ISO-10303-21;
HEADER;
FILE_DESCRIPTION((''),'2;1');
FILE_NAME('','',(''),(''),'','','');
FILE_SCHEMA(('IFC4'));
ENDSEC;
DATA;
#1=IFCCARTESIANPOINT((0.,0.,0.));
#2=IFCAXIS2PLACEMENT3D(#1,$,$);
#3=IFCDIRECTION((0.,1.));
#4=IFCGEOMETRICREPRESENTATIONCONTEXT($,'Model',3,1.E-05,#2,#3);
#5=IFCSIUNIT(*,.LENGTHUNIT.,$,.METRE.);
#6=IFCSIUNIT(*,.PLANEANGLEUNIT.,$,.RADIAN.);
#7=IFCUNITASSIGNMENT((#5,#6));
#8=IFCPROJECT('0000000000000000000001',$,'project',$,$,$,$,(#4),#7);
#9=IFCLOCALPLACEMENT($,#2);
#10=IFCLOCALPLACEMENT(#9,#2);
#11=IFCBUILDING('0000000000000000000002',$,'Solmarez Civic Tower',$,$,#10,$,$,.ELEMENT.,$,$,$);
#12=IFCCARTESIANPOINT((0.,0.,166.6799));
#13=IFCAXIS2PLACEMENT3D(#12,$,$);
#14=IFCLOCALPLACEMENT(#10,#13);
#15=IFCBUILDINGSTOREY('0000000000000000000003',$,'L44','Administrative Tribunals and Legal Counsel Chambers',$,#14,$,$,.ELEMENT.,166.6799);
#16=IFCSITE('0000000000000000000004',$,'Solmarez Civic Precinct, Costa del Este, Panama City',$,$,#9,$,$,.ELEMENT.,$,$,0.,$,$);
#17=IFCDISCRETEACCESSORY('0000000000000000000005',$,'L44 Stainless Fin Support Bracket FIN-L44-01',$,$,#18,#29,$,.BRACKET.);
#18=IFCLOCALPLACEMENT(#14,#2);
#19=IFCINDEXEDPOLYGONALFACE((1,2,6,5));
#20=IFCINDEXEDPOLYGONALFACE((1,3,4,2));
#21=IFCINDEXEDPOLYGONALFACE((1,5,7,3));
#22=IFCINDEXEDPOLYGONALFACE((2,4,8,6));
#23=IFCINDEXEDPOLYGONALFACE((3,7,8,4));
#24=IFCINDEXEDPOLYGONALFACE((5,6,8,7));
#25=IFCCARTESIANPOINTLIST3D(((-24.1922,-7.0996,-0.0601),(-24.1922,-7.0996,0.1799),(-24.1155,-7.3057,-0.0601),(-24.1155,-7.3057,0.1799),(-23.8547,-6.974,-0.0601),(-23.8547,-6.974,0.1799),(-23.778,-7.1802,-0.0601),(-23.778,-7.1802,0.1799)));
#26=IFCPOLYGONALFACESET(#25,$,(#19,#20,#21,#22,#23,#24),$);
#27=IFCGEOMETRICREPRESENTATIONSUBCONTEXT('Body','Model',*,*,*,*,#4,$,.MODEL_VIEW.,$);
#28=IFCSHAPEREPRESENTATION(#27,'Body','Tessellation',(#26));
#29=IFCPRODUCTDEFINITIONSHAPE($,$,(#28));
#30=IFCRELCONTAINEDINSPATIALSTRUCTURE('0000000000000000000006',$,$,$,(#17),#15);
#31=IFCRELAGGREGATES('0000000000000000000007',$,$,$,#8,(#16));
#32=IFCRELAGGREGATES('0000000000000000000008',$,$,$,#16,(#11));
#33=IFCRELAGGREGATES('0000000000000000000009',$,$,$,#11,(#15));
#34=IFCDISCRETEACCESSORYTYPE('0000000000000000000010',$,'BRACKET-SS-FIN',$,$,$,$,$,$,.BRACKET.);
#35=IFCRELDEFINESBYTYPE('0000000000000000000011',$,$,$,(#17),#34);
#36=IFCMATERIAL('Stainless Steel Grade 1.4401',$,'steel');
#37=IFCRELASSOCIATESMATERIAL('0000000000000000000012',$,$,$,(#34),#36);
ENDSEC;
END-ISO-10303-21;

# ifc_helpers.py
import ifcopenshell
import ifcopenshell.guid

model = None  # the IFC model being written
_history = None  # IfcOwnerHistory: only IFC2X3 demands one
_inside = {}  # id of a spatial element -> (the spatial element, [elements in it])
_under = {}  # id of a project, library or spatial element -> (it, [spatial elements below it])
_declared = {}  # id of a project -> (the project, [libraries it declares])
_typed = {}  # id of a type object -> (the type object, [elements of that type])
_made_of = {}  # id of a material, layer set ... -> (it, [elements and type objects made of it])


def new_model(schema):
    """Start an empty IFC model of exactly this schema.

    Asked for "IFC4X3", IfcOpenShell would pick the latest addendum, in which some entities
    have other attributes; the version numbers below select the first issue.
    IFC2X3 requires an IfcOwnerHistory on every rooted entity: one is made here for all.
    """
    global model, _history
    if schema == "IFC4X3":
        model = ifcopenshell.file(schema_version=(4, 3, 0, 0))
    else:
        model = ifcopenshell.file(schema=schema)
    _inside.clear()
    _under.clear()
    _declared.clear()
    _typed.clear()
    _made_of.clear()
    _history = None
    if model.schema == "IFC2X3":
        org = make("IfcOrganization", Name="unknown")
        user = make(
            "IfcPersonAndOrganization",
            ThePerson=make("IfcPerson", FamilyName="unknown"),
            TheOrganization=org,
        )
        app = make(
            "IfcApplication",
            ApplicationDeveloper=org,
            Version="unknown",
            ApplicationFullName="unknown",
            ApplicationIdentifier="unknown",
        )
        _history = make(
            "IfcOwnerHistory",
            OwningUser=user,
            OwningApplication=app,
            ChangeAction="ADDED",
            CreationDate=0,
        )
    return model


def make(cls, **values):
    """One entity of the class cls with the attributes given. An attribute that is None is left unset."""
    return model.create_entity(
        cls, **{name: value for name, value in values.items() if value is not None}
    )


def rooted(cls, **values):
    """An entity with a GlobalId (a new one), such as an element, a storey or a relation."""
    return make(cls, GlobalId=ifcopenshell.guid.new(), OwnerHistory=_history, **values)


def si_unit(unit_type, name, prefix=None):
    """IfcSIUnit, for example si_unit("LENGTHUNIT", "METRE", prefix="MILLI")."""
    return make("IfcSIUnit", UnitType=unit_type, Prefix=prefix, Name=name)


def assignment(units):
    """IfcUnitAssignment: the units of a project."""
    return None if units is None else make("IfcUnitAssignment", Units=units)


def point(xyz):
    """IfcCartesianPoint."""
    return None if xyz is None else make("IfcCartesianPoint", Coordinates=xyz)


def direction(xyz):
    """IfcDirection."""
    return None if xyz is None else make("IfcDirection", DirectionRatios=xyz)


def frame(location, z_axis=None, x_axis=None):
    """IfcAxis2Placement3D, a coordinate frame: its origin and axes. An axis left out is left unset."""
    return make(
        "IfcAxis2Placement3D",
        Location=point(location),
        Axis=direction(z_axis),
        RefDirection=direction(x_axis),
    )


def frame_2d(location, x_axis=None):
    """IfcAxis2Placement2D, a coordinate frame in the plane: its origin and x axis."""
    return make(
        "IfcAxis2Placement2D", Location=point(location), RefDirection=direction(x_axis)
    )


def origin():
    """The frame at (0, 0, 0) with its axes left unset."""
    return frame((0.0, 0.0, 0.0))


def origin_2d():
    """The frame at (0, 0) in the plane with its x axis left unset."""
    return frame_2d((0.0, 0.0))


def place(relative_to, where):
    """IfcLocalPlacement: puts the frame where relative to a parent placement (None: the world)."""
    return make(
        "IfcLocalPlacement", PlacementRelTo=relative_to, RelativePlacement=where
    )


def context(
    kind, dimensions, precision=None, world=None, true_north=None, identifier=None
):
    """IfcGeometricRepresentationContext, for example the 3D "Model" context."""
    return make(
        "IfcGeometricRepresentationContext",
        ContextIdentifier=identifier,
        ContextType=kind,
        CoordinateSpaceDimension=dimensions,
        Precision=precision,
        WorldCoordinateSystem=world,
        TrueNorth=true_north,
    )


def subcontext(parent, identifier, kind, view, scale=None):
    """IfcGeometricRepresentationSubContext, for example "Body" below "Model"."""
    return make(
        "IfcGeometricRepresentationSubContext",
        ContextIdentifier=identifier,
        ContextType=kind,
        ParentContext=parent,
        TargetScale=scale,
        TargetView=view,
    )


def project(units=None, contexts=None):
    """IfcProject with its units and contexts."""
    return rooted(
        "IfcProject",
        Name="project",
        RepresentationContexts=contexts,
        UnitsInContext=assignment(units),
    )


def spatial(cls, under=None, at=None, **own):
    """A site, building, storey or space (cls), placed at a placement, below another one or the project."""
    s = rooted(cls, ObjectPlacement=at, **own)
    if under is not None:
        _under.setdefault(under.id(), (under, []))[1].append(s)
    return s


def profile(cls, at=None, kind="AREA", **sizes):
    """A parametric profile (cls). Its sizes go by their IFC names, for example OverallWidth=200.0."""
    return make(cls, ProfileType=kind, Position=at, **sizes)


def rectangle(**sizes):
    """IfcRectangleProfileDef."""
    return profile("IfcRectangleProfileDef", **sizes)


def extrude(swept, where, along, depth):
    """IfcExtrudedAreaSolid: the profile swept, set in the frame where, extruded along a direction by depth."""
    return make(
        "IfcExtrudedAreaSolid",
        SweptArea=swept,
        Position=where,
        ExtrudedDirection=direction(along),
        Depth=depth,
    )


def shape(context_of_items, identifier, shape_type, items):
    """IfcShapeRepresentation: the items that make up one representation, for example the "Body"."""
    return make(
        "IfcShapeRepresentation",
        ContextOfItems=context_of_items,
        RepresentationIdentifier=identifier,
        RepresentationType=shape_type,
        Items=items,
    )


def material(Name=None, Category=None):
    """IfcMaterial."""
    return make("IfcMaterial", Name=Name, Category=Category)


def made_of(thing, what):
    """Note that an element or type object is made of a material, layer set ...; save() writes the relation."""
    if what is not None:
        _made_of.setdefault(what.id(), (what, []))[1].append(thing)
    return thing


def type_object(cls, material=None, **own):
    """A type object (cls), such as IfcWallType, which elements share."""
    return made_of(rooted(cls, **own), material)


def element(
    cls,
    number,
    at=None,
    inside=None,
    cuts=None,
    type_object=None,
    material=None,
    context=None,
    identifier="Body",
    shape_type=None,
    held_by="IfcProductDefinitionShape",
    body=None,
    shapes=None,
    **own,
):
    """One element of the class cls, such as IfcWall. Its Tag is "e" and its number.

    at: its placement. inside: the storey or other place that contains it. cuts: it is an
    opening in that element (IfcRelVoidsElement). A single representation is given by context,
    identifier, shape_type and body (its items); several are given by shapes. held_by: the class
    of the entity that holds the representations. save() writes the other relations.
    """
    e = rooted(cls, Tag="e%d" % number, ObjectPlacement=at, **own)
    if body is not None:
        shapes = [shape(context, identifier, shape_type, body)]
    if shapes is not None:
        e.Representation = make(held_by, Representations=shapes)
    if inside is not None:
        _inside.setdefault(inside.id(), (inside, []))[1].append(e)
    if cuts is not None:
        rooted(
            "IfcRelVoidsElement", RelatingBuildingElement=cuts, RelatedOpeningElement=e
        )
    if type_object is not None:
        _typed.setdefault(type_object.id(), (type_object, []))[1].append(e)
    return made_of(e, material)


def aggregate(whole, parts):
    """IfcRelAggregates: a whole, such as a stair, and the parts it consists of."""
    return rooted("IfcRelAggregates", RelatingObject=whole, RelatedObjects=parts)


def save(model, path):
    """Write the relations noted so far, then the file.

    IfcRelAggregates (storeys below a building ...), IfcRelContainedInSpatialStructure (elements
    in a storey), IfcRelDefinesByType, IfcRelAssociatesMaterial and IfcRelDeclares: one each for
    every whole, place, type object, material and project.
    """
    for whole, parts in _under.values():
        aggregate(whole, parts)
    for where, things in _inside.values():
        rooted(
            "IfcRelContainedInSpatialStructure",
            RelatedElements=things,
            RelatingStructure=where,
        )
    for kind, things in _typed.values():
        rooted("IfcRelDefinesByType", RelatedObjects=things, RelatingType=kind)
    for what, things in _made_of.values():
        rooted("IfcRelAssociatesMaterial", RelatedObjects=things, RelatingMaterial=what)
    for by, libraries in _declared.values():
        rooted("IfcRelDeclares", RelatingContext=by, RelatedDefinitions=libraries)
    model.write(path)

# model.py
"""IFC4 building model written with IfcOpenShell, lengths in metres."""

from ifc_helpers import new_model, si_unit, direction, frame, origin, origin_2d, place, context, subcontext, project, spatial, rectangle, extrude, material, type_object, element, save


model = new_model("IFC4")

# Units and contexts
model_context = context("Model", 3, precision=1e-05, world=origin(), true_north=direction((0.0, 1.0)))
body_context = subcontext(model_context, "Body", "Model", "MODEL_VIEW")
ifc_project = project(units=[si_unit("LENGTHUNIT", "METRE"), si_unit("PLANEANGLEUNIT", "RADIAN")], contexts=[model_context])

# Site, building, storey
site_placement = place(None, origin())
site = spatial("IfcSite", under=ifc_project, at=site_placement, Name="Solmarez Civic Precinct, Costa del Este, Panama City", CompositionType="ELEMENT", RefElevation=0.0)
building_placement = place(site_placement, origin())
building = spatial("IfcBuilding", under=site, at=building_placement, Name="Solmarez Civic Tower", CompositionType="ELEMENT")
storey_placement = place(building_placement, frame((0.0, 0.0, 166.6799)))
storey = spatial("IfcBuildingStorey", under=building, at=storey_placement, Name="L44", Description="Administrative Tribunals and Legal Counsel Chambers", CompositionType="ELEMENT", Elevation=166.6799)

# Discrete accessory
ifc_material_1 = material(Name="Stainless Steel Grade 1.4401", Category="steel")
discrete_accessory_type = type_object("IfcDiscreteAccessoryType", Name="BRACKET-SS-FIN", PredefinedType="BRACKET", material=ifc_material_1)
discrete_accessory_placement = place(storey_placement, frame((-23.9851, -7.1399, -0.0601), z_axis=(0.0, 0.0, 1.0), x_axis=(-0.937272, -0.348599, 0.0)))
element("IfcDiscreteAccessory", 1, at=discrete_accessory_placement, inside=storey, type_object=discrete_accessory_type, Name="L44 Stainless Fin Support Bracket FIN-L44-01", PredefinedType="BRACKET", context=body_context, shape_type="SweptSolid", body=[
    extrude(rectangle(XDim=0.3601, YDim=0.22, at=origin_2d()), origin(), (0.0, 0.0, 1.0), 0.24),
])

save(model, "model.ifc")
